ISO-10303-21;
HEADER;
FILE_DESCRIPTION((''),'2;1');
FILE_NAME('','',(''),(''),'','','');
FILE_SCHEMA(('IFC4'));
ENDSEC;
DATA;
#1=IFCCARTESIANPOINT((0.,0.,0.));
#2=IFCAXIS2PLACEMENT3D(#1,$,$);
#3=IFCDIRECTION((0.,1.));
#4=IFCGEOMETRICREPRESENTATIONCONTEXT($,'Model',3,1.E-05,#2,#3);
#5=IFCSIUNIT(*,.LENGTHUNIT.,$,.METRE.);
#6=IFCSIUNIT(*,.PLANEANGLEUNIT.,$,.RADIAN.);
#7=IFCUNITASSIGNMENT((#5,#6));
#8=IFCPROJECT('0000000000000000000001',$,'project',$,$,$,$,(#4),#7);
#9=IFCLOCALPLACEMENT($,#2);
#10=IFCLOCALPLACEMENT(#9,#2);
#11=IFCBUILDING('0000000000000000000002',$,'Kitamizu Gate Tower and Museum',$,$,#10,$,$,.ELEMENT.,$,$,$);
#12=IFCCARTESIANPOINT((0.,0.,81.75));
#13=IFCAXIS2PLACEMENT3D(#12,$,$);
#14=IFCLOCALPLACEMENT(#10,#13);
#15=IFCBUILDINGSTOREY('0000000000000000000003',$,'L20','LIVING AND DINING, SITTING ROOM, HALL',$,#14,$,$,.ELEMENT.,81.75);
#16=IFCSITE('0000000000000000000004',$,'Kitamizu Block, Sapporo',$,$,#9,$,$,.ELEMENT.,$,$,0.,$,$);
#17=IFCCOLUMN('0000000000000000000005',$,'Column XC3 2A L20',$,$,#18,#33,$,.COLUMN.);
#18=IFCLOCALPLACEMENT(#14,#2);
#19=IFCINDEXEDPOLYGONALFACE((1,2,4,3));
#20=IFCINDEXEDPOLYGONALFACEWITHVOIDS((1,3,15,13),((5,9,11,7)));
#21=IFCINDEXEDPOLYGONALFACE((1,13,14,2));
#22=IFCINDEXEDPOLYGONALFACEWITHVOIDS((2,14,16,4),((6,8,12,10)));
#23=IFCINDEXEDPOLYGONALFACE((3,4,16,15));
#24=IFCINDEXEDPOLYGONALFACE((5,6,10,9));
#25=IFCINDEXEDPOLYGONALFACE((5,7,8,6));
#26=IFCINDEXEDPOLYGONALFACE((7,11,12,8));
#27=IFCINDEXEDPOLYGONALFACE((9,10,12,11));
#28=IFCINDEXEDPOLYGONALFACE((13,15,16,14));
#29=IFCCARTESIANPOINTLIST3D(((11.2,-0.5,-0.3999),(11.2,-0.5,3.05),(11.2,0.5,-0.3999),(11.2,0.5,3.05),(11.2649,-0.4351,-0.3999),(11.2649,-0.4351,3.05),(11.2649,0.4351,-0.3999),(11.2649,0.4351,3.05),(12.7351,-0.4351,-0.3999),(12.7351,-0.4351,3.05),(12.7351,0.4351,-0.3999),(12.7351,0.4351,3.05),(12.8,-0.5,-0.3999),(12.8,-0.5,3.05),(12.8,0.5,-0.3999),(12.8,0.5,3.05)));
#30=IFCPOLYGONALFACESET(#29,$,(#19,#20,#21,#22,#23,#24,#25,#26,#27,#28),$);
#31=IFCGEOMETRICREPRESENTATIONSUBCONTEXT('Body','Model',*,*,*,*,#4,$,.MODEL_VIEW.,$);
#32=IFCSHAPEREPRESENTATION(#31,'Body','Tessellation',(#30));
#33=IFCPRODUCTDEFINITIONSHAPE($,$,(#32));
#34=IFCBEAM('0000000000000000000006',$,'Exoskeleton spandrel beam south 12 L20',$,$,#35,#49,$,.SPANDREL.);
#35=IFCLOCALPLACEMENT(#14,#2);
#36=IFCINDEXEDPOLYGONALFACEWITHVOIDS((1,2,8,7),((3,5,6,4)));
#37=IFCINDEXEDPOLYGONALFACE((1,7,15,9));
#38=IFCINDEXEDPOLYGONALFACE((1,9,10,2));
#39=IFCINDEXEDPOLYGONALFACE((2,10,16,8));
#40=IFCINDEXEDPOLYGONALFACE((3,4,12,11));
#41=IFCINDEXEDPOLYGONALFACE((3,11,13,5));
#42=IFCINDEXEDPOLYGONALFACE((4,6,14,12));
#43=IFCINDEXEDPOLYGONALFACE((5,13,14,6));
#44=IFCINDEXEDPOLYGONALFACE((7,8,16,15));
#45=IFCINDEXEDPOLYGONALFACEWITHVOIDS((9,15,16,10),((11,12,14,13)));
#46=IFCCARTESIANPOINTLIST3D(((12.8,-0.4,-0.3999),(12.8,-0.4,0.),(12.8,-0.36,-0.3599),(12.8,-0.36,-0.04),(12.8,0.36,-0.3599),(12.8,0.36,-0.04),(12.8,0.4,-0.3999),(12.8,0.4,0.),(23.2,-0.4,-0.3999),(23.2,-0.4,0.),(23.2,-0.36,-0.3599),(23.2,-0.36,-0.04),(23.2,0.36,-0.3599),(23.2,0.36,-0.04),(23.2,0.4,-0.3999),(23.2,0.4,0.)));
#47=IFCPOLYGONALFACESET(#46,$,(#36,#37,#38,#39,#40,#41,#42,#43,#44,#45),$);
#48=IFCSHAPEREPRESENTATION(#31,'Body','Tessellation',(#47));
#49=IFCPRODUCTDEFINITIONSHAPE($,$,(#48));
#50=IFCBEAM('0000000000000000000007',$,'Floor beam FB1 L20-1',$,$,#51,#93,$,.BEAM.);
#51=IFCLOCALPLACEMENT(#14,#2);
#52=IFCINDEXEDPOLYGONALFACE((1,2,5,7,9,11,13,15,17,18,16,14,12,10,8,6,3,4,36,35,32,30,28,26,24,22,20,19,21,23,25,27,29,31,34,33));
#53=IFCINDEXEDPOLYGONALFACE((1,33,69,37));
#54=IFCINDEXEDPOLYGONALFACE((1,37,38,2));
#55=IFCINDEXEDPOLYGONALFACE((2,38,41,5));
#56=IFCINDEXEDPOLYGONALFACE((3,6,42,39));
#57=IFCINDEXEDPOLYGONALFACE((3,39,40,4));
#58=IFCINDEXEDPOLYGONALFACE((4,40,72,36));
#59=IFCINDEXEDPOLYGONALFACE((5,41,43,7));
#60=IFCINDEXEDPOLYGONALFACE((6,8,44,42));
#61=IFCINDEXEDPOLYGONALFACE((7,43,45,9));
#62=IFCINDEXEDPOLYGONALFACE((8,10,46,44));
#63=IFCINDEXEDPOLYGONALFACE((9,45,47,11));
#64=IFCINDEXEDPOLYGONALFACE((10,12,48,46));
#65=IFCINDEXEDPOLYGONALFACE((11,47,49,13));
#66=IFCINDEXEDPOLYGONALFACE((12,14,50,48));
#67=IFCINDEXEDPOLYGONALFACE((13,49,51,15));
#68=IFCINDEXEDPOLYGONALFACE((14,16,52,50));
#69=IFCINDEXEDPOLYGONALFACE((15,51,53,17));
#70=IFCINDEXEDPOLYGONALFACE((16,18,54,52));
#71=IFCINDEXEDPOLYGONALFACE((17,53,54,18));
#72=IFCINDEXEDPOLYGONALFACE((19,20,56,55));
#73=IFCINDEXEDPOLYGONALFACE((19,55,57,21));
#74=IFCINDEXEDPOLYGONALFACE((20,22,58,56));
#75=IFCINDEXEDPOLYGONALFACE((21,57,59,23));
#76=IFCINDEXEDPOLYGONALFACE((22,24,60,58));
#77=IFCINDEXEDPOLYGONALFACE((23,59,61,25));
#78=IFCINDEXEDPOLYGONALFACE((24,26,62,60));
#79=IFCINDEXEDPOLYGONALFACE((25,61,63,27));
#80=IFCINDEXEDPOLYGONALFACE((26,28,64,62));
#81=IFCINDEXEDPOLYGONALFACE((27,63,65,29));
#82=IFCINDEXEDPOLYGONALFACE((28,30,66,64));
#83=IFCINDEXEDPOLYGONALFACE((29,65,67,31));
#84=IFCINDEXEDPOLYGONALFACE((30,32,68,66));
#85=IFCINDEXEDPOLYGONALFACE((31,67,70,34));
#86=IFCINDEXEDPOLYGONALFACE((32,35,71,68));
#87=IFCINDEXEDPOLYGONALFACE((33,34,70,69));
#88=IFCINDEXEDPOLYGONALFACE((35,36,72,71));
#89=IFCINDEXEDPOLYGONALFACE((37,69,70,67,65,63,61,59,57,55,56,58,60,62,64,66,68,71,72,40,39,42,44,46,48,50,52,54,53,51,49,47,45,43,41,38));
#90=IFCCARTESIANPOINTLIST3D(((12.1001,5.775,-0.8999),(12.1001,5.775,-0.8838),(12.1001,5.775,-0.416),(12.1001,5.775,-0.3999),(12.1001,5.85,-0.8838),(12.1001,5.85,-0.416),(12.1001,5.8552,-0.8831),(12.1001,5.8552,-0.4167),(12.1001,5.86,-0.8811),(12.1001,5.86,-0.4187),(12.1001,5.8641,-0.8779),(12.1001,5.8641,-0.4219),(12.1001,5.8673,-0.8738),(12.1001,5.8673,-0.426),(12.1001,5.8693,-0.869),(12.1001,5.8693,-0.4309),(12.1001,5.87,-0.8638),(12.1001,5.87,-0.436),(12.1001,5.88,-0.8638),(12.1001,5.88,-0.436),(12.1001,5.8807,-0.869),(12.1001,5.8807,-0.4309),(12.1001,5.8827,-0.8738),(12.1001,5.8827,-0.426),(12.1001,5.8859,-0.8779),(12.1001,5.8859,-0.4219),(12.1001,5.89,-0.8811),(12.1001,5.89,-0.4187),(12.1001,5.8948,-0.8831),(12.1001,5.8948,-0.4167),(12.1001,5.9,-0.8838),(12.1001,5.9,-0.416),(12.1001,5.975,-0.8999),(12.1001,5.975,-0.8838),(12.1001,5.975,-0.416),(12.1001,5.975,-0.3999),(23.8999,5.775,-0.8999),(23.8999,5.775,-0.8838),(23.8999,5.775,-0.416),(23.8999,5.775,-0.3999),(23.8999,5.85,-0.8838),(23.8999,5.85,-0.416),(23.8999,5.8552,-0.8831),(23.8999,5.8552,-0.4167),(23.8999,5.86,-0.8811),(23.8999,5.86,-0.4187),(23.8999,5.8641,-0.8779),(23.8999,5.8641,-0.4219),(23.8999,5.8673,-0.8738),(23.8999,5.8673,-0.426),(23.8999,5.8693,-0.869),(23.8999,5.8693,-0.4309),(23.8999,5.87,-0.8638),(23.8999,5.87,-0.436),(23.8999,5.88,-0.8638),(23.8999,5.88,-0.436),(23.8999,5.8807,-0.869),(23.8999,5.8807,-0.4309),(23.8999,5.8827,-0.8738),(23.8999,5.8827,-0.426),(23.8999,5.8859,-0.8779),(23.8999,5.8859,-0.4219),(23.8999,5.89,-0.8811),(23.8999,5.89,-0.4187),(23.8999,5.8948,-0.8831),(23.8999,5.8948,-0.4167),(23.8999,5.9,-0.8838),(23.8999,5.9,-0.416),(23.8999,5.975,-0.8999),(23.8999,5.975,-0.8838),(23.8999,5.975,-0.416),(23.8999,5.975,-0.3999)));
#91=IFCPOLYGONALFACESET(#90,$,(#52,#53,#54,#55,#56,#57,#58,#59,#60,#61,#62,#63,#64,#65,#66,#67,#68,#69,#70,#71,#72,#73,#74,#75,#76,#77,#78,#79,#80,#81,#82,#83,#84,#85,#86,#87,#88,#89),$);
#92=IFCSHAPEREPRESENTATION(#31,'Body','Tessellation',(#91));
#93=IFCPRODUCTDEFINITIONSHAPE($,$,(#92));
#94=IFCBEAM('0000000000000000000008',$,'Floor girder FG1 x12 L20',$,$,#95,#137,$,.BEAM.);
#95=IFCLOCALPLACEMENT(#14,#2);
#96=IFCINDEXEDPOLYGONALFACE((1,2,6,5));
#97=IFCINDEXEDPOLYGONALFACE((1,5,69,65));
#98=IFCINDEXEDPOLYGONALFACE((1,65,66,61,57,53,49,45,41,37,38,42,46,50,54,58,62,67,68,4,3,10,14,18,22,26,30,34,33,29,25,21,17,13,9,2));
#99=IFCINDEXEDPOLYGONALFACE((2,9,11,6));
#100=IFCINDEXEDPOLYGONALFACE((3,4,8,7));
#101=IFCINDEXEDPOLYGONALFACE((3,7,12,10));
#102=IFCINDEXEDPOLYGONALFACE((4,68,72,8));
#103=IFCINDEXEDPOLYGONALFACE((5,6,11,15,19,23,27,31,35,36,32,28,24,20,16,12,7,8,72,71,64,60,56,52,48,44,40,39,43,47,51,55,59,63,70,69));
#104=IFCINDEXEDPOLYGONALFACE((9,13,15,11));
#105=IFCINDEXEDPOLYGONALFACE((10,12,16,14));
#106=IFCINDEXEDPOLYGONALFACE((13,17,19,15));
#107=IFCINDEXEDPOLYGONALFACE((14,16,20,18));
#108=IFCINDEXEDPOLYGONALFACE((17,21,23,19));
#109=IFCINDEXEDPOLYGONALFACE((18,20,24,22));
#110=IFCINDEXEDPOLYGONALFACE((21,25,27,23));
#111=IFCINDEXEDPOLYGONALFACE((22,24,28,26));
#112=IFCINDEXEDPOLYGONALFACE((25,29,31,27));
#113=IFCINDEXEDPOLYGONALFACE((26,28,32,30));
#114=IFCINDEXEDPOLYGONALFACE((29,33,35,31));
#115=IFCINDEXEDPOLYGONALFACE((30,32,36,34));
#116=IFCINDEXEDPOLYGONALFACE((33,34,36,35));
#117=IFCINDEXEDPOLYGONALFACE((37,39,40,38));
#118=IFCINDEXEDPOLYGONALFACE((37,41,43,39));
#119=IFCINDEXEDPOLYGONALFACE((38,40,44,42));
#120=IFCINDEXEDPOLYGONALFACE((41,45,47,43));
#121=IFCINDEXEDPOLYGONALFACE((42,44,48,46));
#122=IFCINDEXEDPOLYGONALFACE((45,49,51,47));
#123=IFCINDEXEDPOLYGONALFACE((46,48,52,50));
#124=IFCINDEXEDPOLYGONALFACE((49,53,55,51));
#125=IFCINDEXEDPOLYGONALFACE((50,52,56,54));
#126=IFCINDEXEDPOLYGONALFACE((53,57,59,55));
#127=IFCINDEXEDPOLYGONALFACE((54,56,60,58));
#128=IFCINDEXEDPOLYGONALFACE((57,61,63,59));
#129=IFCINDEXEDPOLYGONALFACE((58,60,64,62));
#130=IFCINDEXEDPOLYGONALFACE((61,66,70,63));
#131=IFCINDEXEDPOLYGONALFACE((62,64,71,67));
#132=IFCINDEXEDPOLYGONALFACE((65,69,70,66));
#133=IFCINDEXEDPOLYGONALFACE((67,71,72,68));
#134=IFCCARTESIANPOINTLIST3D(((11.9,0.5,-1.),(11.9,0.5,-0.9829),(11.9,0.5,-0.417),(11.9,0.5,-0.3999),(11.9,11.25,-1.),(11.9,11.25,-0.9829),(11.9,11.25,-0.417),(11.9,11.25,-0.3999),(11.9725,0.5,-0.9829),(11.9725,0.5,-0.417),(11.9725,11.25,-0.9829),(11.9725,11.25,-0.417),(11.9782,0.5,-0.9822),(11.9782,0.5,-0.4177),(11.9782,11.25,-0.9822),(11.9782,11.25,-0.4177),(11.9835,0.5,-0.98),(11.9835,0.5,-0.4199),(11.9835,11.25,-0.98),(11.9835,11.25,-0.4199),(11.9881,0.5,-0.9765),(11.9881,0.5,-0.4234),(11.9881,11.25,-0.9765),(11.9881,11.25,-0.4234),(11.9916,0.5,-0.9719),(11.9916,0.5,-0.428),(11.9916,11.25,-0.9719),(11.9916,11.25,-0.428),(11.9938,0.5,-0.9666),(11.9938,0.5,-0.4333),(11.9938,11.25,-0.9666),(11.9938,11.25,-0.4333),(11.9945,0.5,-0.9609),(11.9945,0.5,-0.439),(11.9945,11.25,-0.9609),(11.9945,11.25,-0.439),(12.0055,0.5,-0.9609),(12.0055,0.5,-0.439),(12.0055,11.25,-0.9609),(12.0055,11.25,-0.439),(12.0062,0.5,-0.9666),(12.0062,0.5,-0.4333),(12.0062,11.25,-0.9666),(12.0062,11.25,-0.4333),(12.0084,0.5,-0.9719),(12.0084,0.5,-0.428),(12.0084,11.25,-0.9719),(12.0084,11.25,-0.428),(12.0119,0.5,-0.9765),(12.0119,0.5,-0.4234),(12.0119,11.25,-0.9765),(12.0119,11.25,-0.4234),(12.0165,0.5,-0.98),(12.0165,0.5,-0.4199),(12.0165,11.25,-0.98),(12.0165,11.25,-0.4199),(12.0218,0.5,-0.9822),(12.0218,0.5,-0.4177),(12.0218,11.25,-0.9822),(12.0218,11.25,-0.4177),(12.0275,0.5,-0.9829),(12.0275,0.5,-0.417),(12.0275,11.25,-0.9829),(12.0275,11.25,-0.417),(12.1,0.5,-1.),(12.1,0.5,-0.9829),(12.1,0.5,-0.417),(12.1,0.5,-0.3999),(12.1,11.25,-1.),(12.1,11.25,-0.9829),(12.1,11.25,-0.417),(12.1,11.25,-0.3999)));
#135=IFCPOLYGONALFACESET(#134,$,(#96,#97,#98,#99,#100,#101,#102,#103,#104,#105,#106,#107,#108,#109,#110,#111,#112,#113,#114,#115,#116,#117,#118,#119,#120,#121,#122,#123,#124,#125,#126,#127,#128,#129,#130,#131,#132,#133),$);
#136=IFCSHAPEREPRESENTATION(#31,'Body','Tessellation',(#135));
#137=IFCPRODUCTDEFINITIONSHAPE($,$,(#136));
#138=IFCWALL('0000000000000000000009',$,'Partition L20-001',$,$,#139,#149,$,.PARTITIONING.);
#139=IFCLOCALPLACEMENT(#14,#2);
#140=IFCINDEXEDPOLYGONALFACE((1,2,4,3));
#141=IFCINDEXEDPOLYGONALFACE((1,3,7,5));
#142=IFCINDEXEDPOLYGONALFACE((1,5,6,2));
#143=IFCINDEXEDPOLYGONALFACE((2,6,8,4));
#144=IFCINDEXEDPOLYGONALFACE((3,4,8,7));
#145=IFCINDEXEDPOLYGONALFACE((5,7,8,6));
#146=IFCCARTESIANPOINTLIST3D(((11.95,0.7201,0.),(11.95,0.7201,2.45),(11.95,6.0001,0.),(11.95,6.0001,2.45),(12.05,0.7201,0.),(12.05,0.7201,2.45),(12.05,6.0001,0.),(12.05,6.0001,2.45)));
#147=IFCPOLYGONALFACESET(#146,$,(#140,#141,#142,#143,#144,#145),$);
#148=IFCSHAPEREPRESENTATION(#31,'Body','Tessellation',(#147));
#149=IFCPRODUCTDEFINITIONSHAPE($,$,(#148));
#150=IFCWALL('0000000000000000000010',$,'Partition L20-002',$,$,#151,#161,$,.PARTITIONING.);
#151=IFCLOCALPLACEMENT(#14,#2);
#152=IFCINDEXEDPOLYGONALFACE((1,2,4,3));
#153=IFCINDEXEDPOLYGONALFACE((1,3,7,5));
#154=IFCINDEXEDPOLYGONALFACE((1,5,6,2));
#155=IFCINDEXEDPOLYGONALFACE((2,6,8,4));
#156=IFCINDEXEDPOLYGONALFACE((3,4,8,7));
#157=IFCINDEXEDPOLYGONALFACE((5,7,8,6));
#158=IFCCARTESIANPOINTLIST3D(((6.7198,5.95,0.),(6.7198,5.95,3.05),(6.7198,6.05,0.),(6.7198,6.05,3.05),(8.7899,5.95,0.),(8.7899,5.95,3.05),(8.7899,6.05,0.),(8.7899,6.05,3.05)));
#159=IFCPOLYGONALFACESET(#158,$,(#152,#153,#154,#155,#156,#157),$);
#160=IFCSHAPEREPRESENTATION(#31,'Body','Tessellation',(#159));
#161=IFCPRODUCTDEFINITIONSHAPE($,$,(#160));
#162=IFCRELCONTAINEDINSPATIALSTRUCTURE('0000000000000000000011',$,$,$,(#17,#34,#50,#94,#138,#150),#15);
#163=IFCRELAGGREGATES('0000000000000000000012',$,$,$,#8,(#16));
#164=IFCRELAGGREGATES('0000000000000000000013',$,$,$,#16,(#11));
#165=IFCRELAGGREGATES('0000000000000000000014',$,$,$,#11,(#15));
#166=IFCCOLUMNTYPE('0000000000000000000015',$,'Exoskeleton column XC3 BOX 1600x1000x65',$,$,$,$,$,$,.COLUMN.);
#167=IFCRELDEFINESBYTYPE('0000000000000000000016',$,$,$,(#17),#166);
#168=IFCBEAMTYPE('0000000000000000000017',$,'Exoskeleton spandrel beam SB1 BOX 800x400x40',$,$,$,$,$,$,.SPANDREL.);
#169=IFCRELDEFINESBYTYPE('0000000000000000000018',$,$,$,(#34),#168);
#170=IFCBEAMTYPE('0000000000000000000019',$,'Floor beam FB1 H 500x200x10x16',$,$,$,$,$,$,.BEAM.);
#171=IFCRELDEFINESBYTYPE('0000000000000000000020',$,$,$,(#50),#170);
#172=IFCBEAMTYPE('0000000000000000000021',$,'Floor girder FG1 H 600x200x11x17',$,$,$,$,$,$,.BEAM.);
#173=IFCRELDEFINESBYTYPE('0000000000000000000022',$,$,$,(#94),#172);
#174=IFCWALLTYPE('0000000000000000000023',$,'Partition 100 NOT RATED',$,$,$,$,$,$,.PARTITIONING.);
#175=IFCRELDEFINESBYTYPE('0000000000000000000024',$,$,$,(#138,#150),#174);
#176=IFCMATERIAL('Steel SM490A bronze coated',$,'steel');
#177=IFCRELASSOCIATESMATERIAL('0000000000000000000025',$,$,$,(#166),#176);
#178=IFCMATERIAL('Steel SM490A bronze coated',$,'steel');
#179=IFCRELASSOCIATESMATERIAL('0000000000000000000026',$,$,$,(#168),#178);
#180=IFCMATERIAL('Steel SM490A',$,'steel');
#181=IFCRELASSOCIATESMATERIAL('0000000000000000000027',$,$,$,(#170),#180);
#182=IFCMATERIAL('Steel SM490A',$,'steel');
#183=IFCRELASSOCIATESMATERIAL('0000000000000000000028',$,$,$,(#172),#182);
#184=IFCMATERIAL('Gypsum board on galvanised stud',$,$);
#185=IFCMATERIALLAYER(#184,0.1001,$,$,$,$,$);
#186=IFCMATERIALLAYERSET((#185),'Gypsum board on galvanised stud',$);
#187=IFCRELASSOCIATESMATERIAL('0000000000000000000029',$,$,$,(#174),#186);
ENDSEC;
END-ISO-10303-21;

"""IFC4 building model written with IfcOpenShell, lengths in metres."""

from ifc_helpers import new_model, si_unit, direction, frame, frame_2d, origin, origin_2d, place, context, subcontext, project, spatial, rectangle, hollow_rectangle, i_section, extrude, material, layer, layer_set, material_profile, profile_set, type_object, element, save


model = new_model("IFC4")

# Units and contexts
model_context = context("Model", 3, precision=1e-05, world=origin(), true_north=direction((0.0, 1.0)))
body_context = subcontext(model_context, "Body", "Model", "MODEL_VIEW")
ifc_project = project(units=[si_unit("LENGTHUNIT", "METRE"), si_unit("PLANEANGLEUNIT", "RADIAN")], contexts=[model_context])

# Site, building, storey
site_placement = place(None, origin())
site = spatial("IfcSite", under=ifc_project, at=site_placement, Name="Kitamizu Block, Sapporo", CompositionType="ELEMENT", RefElevation=0.0)
building_placement = place(site_placement, origin())
building = spatial("IfcBuilding", under=site, at=building_placement, Name="Kitamizu Gate Tower and Museum", CompositionType="ELEMENT")
storey_placement = place(building_placement, frame((0.0, 0.0, 81.75)))
storey = spatial("IfcBuildingStorey", under=building, at=storey_placement, Name="L20", Description="LIVING AND DINING, SITTING ROOM, HALL", CompositionType="ELEMENT", Elevation=81.75)

# Column
ifc_material_1 = material(Name="Steel SM490A bronze coated", Category="steel")
ifc_material_profile_1 = material_profile(ifc_material_1, hollow_rectangle(XDim=1.6001, YDim=1.0, WallThickness=0.0649, at=origin_2d()), Name="BOX 1600x1000x65")
ifc_profile_set_1 = profile_set([ifc_material_profile_1], Name="Steel SM490A bronze coated")
column_type = type_object("IfcColumnType", Name="Exoskeleton column XC3 BOX 1600x1000x65", PredefinedType="COLUMN", material=ifc_profile_set_1)
column_placement = place(storey_placement, frame((12.0, 0.0, -0.3999), z_axis=(0.0, 0.0, 1.0), x_axis=(1.0, 0.0, 0.0)))
element("IfcColumn", 1, at=column_placement, inside=storey, type_object=column_type, Name="Column XC3 2A L20", PredefinedType="COLUMN", context=body_context, shape_type="SweptSolid", body=[
    extrude(hollow_rectangle(XDim=1.6001, YDim=1.0, WallThickness=0.0649, at=origin_2d()), origin(), (0.0, 0.0, 1.0), 3.45),
])

# Beams
ifc_material_2 = material(Name="Steel SM490A bronze coated", Category="steel")
ifc_material_profile_2 = material_profile(ifc_material_2, hollow_rectangle(XDim=0.8, YDim=0.3999, WallThickness=0.04, at=origin_2d()), Name="BOX 800x400x40")
ifc_profile_set_2 = profile_set([ifc_material_profile_2], Name="Steel SM490A bronze coated")
beam_type_1 = type_object("IfcBeamType", Name="Exoskeleton spandrel beam SB1 BOX 800x400x40", PredefinedType="SPANDREL", material=ifc_profile_set_2)
beam_1_placement = place(storey_placement, frame((12.8, 0.0, -0.2), z_axis=(1.0, 0.0, 0.0), x_axis=(0.0, 1.0, 0.0)))
element("IfcBeam", 2, at=beam_1_placement, inside=storey, type_object=beam_type_1, Name="Exoskeleton spandrel beam south 12 L20", PredefinedType="SPANDREL", context=body_context, shape_type="SweptSolid", body=[
    extrude(hollow_rectangle(XDim=0.8, YDim=0.3999, WallThickness=0.04, at=origin_2d()), origin(), (0.0, 0.0, 1.0), 10.3999),
])
ifc_material_3 = material(Name="Steel SM490A", Category="steel")
ifc_material_profile_3 = material_profile(ifc_material_3, i_section(OverallWidth=0.2, OverallDepth=0.5, WebThickness=0.01, FlangeThickness=0.0161, FilletRadius=0.02, at=origin_2d()), Name="H-500x200x10x16")
ifc_profile_set_3 = profile_set([ifc_material_profile_3], Name="Steel SM490A")
beam_type_2 = type_object("IfcBeamType", Name="Floor beam FB1 H 500x200x10x16", PredefinedType="BEAM", material=ifc_profile_set_3)
beam_2_placement = place(storey_placement, frame((12.1001, 5.875, -0.6499), z_axis=(1.0, 0.0, 0.0), x_axis=(0.0, 1.0, 0.0)))
element("IfcBeam", 3, at=beam_2_placement, inside=storey, type_object=beam_type_2, Name="Floor beam FB1 L20-1", PredefinedType="BEAM", context=body_context, shape_type="SweptSolid", body=[
    extrude(i_section(OverallWidth=0.2, OverallDepth=0.5, WebThickness=0.01, FlangeThickness=0.0161, FilletRadius=0.02, at=origin_2d()), origin(), (0.0, 0.0, 1.0), 11.7998),
])
ifc_material_4 = material(Name="Steel SM490A", Category="steel")
ifc_material_profile_4 = material_profile(ifc_material_4, i_section(OverallWidth=0.2, OverallDepth=0.6001, WebThickness=0.011, FlangeThickness=0.0171, FilletRadius=0.022, at=origin_2d()), Name="H-600x200x11x17")
ifc_profile_set_4 = profile_set([ifc_material_profile_4], Name="Steel SM490A")
beam_type_3 = type_object("IfcBeamType", Name="Floor girder FG1 H 600x200x11x17", PredefinedType="BEAM", material=ifc_profile_set_4)
beam_3_placement = place(storey_placement, frame((12.0, 0.5, -0.7), z_axis=(0.0, 1.0, 0.0), x_axis=(-1.0, 0.0, 0.0)))
element("IfcBeam", 4, at=beam_3_placement, inside=storey, type_object=beam_type_3, Name="Floor girder FG1 x12 L20", PredefinedType="BEAM", context=body_context, shape_type="SweptSolid", body=[
    extrude(i_section(OverallWidth=0.2, OverallDepth=0.6001, WebThickness=0.011, FlangeThickness=0.0171, FilletRadius=0.022, at=origin_2d()), origin(), (0.0, 0.0, 1.0), 10.75),
])

# Walls
ifc_material_5 = material(Name="Gypsum board on galvanised stud")
ifc_layer_1 = layer(ifc_material_5, 0.1001)
ifc_layer_set_1 = layer_set([ifc_layer_1], Name="Gypsum board on galvanised stud")
wall_type_1 = type_object("IfcWallType", Name="Partition 100 NOT RATED", PredefinedType="PARTITIONING", material=ifc_layer_set_1)
wall_1_placement = place(storey_placement, frame((12.0, 0.72, 0.0), z_axis=(0.0, 0.0, 1.0), x_axis=(0.0, 1.0, 0.0)))
element("IfcWall", 5, at=wall_1_placement, inside=storey, type_object=wall_type_1, Name="Partition L20-001", PredefinedType="PARTITIONING", context=body_context, shape_type="SweptSolid", body=[
    extrude(rectangle(XDim=5.28, YDim=0.1001, at=frame_2d((2.6401, 0.0))), origin(), (0.0, 0.0, 1.0), 2.45),
])
wall_2_placement = place(storey_placement, frame((8.79, 6.0, 0.0), z_axis=(0.0, 0.0, 1.0), x_axis=(-1.0, 0.0, 0.0)))
element("IfcWall", 6, at=wall_2_placement, inside=storey, type_object=wall_type_1, Name="Partition L20-002", PredefinedType="PARTITIONING", context=body_context, shape_type="SweptSolid", body=[
    extrude(rectangle(XDim=2.0701, YDim=0.1001, at=frame_2d((1.0352, 0.0))), origin(), (0.0, 0.0, 1.0), 3.05),
])

save(model, "model.ifc")
